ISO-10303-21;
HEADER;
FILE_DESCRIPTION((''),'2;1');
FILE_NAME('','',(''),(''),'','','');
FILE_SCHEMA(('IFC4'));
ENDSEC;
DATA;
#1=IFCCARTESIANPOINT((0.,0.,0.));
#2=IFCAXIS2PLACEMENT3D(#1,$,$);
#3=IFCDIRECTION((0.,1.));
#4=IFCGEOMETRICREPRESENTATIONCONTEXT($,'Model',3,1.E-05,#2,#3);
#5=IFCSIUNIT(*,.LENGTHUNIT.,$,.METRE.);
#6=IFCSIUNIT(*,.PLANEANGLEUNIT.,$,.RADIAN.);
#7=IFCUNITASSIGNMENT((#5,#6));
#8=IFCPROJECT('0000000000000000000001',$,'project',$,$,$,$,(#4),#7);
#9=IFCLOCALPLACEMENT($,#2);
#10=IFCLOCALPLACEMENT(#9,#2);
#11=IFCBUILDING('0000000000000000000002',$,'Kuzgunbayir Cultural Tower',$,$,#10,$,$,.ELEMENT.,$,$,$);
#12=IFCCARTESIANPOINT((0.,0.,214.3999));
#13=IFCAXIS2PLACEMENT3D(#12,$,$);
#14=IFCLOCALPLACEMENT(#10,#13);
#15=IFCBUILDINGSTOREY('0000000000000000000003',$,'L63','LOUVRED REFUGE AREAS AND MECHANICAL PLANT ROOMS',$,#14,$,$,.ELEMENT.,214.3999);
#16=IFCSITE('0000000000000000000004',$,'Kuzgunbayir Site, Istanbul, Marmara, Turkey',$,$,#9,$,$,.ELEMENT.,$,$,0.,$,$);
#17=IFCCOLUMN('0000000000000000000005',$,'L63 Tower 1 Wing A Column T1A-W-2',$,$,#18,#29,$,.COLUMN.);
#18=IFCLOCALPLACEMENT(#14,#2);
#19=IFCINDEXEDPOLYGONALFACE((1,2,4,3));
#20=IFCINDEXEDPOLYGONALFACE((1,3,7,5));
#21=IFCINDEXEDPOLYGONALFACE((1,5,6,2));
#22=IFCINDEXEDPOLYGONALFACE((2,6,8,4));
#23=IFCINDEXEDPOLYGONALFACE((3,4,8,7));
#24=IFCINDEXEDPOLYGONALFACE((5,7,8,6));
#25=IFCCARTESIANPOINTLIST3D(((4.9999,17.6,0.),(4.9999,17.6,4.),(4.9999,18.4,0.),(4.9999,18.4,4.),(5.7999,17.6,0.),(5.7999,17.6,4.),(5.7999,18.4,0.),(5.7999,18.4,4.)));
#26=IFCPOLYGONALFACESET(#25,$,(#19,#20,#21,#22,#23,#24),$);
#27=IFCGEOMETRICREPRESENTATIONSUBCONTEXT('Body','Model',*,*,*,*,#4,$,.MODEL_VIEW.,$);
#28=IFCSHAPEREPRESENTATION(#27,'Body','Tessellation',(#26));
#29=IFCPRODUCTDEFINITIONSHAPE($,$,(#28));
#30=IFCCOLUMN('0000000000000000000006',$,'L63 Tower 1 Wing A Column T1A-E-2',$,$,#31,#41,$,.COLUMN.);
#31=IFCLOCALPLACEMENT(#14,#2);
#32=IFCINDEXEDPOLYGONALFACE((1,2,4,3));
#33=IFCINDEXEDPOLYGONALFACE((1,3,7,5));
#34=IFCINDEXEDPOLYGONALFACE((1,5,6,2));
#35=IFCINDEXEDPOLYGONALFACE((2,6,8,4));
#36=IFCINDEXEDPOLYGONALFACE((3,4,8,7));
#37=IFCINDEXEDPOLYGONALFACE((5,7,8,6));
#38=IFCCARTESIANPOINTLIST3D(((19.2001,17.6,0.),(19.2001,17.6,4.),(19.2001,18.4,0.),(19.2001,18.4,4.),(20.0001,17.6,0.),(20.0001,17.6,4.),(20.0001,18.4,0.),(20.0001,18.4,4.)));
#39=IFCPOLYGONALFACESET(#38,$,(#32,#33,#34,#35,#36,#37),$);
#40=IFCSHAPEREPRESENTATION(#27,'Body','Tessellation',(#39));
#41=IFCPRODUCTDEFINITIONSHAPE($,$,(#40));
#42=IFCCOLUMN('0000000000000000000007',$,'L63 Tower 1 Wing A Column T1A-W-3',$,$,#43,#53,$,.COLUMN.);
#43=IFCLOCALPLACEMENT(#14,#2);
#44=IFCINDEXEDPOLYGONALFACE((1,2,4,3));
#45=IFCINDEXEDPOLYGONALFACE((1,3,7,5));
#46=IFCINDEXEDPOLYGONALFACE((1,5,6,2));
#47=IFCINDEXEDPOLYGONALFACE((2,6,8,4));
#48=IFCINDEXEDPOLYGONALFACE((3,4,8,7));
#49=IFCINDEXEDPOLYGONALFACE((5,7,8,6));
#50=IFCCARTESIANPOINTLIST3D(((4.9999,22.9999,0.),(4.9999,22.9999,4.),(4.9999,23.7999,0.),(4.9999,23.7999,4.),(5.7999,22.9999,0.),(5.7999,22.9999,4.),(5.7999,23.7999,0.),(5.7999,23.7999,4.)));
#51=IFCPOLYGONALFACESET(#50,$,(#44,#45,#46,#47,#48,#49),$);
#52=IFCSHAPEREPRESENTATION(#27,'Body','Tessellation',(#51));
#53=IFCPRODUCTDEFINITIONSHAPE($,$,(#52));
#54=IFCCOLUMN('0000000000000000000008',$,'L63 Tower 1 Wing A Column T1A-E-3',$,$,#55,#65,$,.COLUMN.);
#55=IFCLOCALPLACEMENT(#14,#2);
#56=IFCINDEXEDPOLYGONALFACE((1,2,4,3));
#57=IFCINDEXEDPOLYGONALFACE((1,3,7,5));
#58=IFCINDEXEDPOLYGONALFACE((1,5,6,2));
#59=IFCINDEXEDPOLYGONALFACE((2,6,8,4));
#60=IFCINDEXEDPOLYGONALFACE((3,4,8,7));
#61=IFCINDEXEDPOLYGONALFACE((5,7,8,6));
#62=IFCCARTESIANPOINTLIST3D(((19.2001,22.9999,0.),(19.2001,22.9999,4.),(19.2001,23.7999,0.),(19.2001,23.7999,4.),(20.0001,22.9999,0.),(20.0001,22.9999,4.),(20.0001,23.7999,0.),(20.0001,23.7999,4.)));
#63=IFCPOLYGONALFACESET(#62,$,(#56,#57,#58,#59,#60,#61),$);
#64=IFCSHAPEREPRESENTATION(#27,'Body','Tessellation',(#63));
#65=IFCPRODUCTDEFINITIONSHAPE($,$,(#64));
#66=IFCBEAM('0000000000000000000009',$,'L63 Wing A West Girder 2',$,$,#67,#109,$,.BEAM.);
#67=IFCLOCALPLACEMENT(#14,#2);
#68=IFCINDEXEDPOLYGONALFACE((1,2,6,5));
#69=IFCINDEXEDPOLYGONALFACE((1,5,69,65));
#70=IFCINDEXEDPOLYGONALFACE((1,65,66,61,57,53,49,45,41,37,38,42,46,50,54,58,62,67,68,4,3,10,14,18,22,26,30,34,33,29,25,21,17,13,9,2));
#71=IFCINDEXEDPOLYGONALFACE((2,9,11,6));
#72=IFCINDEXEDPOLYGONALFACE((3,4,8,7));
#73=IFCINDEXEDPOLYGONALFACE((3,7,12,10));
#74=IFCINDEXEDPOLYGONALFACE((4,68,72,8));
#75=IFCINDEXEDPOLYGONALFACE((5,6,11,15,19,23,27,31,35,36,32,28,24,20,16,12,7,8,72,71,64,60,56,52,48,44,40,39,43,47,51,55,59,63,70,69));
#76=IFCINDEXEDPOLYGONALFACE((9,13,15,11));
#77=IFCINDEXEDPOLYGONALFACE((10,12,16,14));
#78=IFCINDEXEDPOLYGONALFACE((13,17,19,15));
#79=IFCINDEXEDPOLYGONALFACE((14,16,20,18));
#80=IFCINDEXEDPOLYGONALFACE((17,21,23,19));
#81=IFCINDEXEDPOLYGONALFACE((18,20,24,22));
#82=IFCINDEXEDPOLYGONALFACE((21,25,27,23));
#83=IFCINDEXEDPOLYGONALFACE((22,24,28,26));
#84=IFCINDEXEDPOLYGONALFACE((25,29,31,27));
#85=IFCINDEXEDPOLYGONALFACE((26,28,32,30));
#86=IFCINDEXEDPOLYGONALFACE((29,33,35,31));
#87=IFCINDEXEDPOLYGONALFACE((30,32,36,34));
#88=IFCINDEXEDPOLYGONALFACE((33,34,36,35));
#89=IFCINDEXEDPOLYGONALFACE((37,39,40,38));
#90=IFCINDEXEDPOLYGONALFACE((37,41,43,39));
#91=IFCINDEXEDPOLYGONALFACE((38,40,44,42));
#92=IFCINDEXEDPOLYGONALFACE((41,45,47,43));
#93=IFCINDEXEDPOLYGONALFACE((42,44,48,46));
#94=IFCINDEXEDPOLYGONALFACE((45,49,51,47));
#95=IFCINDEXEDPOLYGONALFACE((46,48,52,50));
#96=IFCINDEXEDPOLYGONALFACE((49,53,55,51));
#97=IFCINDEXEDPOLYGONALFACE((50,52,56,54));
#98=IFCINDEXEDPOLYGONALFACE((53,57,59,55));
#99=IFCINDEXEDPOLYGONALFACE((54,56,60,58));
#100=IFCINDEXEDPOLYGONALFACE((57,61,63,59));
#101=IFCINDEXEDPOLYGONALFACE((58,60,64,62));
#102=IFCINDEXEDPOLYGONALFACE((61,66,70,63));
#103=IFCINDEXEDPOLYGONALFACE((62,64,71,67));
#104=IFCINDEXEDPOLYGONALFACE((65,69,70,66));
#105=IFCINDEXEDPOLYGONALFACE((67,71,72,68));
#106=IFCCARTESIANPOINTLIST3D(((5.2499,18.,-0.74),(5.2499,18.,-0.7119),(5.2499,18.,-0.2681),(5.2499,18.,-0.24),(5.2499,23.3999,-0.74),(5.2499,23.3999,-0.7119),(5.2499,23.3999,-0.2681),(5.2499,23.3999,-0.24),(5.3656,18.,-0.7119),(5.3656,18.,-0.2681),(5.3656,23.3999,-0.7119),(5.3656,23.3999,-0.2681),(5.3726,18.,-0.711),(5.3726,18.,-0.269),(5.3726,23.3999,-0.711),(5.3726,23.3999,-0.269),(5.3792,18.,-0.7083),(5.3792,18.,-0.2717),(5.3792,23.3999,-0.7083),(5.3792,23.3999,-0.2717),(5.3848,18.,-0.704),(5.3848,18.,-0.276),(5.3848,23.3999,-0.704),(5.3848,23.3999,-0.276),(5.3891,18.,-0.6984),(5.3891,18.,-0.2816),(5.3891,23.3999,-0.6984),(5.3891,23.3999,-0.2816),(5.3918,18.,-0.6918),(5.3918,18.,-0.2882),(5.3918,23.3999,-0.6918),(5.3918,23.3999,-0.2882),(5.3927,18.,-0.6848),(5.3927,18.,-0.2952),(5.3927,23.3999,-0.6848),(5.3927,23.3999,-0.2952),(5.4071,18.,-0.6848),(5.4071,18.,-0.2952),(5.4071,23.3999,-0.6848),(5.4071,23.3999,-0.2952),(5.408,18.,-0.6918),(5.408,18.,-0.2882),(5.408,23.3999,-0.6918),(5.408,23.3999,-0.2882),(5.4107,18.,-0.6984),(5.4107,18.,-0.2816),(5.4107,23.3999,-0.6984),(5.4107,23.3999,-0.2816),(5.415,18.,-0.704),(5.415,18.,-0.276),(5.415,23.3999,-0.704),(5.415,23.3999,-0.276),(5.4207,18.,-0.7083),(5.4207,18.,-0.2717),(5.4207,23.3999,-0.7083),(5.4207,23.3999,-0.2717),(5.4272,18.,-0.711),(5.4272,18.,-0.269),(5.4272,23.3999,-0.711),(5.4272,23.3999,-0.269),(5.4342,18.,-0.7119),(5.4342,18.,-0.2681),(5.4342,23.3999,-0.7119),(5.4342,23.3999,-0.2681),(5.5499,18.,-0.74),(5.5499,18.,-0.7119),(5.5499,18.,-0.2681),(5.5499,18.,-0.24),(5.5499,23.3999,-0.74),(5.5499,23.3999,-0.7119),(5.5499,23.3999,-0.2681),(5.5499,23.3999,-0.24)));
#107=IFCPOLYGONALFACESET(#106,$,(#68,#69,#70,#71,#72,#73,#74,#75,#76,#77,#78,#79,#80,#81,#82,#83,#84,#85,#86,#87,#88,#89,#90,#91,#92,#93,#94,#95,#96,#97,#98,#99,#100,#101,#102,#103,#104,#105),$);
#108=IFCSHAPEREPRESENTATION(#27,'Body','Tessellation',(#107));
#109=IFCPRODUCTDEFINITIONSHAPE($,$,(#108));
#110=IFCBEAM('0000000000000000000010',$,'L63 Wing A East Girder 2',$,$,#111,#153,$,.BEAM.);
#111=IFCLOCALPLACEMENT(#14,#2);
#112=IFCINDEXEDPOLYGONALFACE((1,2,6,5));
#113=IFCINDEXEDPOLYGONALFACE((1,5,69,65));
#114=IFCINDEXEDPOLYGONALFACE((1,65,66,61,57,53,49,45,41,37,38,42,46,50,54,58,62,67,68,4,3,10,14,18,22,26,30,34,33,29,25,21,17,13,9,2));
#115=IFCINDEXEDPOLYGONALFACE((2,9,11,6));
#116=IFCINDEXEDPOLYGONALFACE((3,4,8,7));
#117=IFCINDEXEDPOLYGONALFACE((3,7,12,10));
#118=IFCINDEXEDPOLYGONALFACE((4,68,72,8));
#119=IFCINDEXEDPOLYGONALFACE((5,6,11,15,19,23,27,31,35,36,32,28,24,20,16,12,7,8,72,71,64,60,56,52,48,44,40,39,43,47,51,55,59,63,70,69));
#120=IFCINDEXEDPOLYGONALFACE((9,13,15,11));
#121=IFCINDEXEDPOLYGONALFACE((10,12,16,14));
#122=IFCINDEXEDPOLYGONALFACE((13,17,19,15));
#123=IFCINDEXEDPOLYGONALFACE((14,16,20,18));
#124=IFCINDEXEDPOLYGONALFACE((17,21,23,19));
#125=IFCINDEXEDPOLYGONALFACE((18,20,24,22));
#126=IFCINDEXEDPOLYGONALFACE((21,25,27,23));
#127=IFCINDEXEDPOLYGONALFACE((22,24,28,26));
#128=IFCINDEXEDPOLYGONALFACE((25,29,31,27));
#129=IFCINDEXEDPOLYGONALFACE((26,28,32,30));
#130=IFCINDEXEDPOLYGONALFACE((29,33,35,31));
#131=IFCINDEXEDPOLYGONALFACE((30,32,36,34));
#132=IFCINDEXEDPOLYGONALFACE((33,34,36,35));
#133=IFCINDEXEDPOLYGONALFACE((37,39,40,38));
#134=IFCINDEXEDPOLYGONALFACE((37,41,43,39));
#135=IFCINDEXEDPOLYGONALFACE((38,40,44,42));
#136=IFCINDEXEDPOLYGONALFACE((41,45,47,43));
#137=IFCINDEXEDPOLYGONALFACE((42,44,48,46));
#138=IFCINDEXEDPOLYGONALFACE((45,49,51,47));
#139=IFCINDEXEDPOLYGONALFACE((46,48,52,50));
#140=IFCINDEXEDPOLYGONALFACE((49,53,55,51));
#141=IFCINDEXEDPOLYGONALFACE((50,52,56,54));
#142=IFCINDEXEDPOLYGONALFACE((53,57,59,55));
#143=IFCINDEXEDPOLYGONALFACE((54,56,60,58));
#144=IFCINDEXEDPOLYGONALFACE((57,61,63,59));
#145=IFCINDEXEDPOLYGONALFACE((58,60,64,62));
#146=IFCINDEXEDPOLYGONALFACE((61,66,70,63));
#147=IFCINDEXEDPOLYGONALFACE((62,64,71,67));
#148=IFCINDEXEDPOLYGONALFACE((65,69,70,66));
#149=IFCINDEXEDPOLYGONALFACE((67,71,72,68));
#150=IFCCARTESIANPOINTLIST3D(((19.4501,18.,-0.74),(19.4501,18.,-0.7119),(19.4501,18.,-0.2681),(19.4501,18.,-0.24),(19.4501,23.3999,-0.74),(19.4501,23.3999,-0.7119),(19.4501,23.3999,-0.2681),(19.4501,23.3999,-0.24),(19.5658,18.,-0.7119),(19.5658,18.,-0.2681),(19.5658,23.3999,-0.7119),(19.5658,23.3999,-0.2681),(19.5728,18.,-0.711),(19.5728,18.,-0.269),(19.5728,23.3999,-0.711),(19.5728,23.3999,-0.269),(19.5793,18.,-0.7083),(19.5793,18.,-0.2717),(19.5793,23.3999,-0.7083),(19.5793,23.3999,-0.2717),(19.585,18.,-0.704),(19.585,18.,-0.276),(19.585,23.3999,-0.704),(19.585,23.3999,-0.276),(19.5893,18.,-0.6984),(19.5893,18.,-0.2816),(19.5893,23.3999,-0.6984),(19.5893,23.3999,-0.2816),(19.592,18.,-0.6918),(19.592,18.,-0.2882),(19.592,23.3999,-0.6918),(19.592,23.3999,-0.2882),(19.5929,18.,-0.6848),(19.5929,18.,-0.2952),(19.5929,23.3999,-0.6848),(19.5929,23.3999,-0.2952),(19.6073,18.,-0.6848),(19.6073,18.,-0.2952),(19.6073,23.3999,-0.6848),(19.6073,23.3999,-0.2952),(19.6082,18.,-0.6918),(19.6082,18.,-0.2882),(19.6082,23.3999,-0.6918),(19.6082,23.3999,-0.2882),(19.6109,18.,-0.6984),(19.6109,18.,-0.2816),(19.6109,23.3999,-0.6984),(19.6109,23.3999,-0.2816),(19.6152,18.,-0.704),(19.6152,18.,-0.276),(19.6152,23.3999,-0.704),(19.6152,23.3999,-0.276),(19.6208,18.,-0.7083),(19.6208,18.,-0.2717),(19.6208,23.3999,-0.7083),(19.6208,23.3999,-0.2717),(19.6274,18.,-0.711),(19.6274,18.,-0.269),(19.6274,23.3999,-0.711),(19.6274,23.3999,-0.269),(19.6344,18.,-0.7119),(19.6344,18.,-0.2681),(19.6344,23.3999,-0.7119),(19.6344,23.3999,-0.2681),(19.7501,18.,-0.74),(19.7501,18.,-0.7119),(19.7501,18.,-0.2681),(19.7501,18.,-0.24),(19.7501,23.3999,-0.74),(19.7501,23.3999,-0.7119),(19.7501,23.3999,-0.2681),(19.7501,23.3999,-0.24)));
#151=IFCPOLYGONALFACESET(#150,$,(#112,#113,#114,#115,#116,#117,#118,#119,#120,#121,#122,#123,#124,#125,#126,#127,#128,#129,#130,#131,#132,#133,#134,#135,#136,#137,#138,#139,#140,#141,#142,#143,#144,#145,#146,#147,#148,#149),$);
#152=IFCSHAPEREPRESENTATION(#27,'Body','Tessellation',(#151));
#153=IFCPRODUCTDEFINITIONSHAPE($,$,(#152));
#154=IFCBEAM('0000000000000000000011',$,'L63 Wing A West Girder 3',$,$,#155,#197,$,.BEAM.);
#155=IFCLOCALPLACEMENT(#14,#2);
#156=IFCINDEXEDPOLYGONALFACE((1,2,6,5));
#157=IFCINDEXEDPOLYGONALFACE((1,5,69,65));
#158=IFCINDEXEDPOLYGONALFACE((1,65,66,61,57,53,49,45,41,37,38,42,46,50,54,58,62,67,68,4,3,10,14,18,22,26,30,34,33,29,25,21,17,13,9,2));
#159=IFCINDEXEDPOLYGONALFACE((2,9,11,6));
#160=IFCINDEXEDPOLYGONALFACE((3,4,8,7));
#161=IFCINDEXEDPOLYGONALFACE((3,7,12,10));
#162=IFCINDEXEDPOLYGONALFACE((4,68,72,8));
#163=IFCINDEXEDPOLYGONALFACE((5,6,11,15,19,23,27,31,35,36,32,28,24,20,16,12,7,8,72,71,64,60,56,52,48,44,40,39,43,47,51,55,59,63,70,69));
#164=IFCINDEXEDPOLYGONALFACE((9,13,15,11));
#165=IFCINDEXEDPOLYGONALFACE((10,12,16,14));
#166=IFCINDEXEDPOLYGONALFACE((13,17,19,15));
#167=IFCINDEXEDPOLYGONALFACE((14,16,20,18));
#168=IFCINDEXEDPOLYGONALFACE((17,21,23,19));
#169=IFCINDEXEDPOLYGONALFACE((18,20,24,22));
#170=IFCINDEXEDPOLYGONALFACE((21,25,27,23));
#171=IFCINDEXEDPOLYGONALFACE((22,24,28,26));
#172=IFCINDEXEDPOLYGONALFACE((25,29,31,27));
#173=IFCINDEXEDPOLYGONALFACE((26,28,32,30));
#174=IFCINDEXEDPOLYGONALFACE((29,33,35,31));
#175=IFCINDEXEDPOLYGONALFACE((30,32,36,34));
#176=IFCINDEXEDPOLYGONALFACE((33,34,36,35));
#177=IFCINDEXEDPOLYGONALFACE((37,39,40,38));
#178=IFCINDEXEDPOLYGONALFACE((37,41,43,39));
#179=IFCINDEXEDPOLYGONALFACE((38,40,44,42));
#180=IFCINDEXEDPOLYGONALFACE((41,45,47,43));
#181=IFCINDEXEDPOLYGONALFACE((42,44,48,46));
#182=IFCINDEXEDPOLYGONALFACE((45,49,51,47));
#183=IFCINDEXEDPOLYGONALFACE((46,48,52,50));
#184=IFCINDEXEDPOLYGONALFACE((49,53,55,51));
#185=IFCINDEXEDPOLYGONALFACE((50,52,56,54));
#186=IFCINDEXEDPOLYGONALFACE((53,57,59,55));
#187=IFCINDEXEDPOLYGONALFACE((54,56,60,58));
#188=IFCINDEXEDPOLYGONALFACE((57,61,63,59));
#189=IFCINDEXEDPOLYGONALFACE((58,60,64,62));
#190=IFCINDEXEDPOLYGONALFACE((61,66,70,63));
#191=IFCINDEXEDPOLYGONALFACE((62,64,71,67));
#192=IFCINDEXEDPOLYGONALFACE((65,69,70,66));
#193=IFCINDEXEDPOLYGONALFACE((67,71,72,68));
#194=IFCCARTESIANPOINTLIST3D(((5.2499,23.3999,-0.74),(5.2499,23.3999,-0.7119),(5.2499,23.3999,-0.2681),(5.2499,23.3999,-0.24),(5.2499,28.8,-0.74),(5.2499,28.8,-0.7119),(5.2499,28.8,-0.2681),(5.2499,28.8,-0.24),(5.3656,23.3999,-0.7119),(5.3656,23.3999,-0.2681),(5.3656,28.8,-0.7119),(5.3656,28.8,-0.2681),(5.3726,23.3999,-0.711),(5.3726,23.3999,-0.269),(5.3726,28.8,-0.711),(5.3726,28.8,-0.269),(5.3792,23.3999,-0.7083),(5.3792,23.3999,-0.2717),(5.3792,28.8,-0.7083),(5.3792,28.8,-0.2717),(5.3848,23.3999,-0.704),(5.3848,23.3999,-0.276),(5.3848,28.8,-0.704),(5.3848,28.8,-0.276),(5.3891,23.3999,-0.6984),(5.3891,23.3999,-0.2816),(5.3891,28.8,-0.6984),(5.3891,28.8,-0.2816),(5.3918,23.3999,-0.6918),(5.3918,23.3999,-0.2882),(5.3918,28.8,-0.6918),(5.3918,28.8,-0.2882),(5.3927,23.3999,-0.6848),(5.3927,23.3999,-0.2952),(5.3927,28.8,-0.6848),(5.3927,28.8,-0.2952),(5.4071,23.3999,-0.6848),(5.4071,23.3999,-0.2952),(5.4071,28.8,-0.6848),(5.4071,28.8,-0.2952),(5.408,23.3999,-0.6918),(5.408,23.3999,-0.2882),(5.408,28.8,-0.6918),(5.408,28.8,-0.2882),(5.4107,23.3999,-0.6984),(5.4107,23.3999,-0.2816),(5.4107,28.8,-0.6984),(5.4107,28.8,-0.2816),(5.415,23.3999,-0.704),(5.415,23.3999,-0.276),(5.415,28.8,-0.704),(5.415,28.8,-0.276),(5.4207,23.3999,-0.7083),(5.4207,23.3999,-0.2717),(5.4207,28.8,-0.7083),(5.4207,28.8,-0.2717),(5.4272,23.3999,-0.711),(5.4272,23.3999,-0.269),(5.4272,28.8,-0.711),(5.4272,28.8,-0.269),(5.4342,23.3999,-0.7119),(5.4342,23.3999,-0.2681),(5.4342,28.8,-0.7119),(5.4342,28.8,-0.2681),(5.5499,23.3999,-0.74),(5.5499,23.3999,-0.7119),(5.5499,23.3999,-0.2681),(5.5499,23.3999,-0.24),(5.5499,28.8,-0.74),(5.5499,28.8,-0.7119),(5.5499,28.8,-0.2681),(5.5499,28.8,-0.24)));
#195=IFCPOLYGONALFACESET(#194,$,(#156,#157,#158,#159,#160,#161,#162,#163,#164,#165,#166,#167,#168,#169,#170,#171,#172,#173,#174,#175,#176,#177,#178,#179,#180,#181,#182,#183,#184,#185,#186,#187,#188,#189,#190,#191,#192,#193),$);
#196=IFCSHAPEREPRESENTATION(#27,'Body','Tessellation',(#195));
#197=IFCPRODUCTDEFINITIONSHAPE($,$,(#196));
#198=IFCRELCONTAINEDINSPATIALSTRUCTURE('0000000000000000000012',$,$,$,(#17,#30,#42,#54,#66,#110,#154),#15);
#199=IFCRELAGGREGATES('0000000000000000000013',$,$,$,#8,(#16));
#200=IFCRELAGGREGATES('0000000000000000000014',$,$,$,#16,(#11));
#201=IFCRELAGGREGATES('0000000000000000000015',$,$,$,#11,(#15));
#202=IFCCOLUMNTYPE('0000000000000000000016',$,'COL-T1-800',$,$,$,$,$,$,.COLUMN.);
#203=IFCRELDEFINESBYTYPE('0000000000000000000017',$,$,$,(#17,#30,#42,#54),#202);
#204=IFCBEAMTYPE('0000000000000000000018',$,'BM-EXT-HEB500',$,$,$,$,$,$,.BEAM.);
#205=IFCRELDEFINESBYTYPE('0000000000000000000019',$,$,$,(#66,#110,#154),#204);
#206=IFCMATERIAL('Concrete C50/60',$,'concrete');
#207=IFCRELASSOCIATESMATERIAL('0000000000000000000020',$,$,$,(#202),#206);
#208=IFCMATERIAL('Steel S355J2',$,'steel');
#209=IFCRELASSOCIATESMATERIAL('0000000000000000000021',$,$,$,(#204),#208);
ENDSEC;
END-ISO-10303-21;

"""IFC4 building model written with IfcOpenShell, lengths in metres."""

from ifc_helpers import new_model, si_unit, direction, frame, origin, origin_2d, place, context, subcontext, project, spatial, rectangle, i_section, extrude, material, material_profile, profile_set, type_object, element, save


model = new_model("IFC4")

# Units and contexts
model_context = context("Model", 3, precision=1e-05, world=origin(), true_north=direction((0.0, 1.0)))
body_context = subcontext(model_context, "Body", "Model", "MODEL_VIEW")
ifc_project = project(units=[si_unit("LENGTHUNIT", "METRE"), si_unit("PLANEANGLEUNIT", "RADIAN")], contexts=[model_context])

# Site, building, storey
site_placement = place(None, origin())
site = spatial("IfcSite", under=ifc_project, at=site_placement, Name="Kuzgunbayir Site, Istanbul, Marmara, Turkey", CompositionType="ELEMENT", RefElevation=0.0)
building_placement = place(site_placement, origin())
building = spatial("IfcBuilding", under=site, at=building_placement, Name="Kuzgunbayir Cultural Tower", CompositionType="ELEMENT")
storey_placement = place(building_placement, frame((0.0, 0.0, 214.3999)))
storey = spatial("IfcBuildingStorey", under=building, at=storey_placement, Name="L63", Description="LOUVRED REFUGE AREAS AND MECHANICAL PLANT ROOMS", CompositionType="ELEMENT", Elevation=214.3999)

# Columns
ifc_material_1 = material(Name="Concrete C50/60", Category="concrete")
ifc_material_profile_1 = material_profile(ifc_material_1, rectangle(XDim=0.8, YDim=0.8, at=origin_2d()), Name="RC 800x800")
ifc_profile_set_1 = profile_set([ifc_material_profile_1], Name="Concrete C50/60")
column_type = type_object("IfcColumnType", Name="COL-T1-800", PredefinedType="COLUMN", material=ifc_profile_set_1)
for number, where, z_axis, x_axis, name in (
    (1, (5.3999, 18.0, 0.0), (0.0, 0.0, 1.0), (1.0, 0.0, 0.0), "L63 Tower 1 Wing A Column T1A-W-2"),
    (2, (19.6001, 18.0, 0.0), (0.0, 0.0, 1.0), (1.0, 0.0, 0.0), "L63 Tower 1 Wing A Column T1A-E-2"),
    (3, (5.3999, 23.3999, 0.0), (0.0, 0.0, 1.0), (1.0, 0.0, 0.0), "L63 Tower 1 Wing A Column T1A-W-3"),
    (4, (19.6001, 23.3999, 0.0), (0.0, 0.0, 1.0), (1.0, 0.0, 0.0), "L63 Tower 1 Wing A Column T1A-E-3"),
):
    element("IfcColumn", number, at=place(storey_placement, frame(where, z_axis=z_axis, x_axis=x_axis)), inside=storey, type_object=column_type, Name=name, PredefinedType="COLUMN", context=body_context, shape_type="SweptSolid", body=[
        extrude(rectangle(XDim=0.8, YDim=0.8, at=origin_2d()), origin(), (0.0, 0.0, 1.0), 4.0),
    ])

# Beams
ifc_material_2 = material(Name="Steel S355J2", Category="steel")
ifc_material_profile_2 = material_profile(ifc_material_2, i_section(OverallWidth=0.3, OverallDepth=0.5, WebThickness=0.0144, FlangeThickness=0.0281, FilletRadius=0.0271, at=origin_2d()), Name="HEB 500")
ifc_profile_set_2 = profile_set([ifc_material_profile_2], Name="Steel S355J2")
beam_type_1 = type_object("IfcBeamType", Name="BM-EXT-HEB500", PredefinedType="BEAM", material=ifc_profile_set_2)
for number, where, z_axis, x_axis, name in (
    (5, (5.3999, 18.0, -0.49), (0.0, 1.0, 0.0), (-1.0, 0.0, 0.0), "L63 Wing A West Girder 2"),
    (6, (19.6001, 18.0, -0.49), (0.0, 1.0, 0.0), (-1.0, 0.0, 0.0), "L63 Wing A East Girder 2"),
):
    element("IfcBeam", number, at=place(storey_placement, frame(where, z_axis=z_axis, x_axis=x_axis)), inside=storey, type_object=beam_type_1, Name=name, PredefinedType="BEAM", context=body_context, shape_type="SweptSolid", body=[
        extrude(i_section(OverallWidth=0.3, OverallDepth=0.5, WebThickness=0.0144, FlangeThickness=0.0281, FilletRadius=0.0271, at=origin_2d()), origin(), (0.0, 0.0, 1.0), 5.3999),
    ])
beam_placement = place(storey_placement, frame((5.3999, 23.3999, -0.49), z_axis=(0.0, 1.0, 0.0), x_axis=(-1.0, 0.0, 0.0)))
element("IfcBeam", 7, at=beam_placement, inside=storey, type_object=beam_type_1, Name="L63 Wing A West Girder 3", PredefinedType="BEAM", context=body_context, shape_type="SweptSolid", body=[
    extrude(i_section(OverallWidth=0.3, OverallDepth=0.5, WebThickness=0.0144, FlangeThickness=0.0281, FilletRadius=0.0271, at=origin_2d()), origin(), (0.0, 0.0, 1.0), 5.4001),
])

save(model, "model.ifc")
